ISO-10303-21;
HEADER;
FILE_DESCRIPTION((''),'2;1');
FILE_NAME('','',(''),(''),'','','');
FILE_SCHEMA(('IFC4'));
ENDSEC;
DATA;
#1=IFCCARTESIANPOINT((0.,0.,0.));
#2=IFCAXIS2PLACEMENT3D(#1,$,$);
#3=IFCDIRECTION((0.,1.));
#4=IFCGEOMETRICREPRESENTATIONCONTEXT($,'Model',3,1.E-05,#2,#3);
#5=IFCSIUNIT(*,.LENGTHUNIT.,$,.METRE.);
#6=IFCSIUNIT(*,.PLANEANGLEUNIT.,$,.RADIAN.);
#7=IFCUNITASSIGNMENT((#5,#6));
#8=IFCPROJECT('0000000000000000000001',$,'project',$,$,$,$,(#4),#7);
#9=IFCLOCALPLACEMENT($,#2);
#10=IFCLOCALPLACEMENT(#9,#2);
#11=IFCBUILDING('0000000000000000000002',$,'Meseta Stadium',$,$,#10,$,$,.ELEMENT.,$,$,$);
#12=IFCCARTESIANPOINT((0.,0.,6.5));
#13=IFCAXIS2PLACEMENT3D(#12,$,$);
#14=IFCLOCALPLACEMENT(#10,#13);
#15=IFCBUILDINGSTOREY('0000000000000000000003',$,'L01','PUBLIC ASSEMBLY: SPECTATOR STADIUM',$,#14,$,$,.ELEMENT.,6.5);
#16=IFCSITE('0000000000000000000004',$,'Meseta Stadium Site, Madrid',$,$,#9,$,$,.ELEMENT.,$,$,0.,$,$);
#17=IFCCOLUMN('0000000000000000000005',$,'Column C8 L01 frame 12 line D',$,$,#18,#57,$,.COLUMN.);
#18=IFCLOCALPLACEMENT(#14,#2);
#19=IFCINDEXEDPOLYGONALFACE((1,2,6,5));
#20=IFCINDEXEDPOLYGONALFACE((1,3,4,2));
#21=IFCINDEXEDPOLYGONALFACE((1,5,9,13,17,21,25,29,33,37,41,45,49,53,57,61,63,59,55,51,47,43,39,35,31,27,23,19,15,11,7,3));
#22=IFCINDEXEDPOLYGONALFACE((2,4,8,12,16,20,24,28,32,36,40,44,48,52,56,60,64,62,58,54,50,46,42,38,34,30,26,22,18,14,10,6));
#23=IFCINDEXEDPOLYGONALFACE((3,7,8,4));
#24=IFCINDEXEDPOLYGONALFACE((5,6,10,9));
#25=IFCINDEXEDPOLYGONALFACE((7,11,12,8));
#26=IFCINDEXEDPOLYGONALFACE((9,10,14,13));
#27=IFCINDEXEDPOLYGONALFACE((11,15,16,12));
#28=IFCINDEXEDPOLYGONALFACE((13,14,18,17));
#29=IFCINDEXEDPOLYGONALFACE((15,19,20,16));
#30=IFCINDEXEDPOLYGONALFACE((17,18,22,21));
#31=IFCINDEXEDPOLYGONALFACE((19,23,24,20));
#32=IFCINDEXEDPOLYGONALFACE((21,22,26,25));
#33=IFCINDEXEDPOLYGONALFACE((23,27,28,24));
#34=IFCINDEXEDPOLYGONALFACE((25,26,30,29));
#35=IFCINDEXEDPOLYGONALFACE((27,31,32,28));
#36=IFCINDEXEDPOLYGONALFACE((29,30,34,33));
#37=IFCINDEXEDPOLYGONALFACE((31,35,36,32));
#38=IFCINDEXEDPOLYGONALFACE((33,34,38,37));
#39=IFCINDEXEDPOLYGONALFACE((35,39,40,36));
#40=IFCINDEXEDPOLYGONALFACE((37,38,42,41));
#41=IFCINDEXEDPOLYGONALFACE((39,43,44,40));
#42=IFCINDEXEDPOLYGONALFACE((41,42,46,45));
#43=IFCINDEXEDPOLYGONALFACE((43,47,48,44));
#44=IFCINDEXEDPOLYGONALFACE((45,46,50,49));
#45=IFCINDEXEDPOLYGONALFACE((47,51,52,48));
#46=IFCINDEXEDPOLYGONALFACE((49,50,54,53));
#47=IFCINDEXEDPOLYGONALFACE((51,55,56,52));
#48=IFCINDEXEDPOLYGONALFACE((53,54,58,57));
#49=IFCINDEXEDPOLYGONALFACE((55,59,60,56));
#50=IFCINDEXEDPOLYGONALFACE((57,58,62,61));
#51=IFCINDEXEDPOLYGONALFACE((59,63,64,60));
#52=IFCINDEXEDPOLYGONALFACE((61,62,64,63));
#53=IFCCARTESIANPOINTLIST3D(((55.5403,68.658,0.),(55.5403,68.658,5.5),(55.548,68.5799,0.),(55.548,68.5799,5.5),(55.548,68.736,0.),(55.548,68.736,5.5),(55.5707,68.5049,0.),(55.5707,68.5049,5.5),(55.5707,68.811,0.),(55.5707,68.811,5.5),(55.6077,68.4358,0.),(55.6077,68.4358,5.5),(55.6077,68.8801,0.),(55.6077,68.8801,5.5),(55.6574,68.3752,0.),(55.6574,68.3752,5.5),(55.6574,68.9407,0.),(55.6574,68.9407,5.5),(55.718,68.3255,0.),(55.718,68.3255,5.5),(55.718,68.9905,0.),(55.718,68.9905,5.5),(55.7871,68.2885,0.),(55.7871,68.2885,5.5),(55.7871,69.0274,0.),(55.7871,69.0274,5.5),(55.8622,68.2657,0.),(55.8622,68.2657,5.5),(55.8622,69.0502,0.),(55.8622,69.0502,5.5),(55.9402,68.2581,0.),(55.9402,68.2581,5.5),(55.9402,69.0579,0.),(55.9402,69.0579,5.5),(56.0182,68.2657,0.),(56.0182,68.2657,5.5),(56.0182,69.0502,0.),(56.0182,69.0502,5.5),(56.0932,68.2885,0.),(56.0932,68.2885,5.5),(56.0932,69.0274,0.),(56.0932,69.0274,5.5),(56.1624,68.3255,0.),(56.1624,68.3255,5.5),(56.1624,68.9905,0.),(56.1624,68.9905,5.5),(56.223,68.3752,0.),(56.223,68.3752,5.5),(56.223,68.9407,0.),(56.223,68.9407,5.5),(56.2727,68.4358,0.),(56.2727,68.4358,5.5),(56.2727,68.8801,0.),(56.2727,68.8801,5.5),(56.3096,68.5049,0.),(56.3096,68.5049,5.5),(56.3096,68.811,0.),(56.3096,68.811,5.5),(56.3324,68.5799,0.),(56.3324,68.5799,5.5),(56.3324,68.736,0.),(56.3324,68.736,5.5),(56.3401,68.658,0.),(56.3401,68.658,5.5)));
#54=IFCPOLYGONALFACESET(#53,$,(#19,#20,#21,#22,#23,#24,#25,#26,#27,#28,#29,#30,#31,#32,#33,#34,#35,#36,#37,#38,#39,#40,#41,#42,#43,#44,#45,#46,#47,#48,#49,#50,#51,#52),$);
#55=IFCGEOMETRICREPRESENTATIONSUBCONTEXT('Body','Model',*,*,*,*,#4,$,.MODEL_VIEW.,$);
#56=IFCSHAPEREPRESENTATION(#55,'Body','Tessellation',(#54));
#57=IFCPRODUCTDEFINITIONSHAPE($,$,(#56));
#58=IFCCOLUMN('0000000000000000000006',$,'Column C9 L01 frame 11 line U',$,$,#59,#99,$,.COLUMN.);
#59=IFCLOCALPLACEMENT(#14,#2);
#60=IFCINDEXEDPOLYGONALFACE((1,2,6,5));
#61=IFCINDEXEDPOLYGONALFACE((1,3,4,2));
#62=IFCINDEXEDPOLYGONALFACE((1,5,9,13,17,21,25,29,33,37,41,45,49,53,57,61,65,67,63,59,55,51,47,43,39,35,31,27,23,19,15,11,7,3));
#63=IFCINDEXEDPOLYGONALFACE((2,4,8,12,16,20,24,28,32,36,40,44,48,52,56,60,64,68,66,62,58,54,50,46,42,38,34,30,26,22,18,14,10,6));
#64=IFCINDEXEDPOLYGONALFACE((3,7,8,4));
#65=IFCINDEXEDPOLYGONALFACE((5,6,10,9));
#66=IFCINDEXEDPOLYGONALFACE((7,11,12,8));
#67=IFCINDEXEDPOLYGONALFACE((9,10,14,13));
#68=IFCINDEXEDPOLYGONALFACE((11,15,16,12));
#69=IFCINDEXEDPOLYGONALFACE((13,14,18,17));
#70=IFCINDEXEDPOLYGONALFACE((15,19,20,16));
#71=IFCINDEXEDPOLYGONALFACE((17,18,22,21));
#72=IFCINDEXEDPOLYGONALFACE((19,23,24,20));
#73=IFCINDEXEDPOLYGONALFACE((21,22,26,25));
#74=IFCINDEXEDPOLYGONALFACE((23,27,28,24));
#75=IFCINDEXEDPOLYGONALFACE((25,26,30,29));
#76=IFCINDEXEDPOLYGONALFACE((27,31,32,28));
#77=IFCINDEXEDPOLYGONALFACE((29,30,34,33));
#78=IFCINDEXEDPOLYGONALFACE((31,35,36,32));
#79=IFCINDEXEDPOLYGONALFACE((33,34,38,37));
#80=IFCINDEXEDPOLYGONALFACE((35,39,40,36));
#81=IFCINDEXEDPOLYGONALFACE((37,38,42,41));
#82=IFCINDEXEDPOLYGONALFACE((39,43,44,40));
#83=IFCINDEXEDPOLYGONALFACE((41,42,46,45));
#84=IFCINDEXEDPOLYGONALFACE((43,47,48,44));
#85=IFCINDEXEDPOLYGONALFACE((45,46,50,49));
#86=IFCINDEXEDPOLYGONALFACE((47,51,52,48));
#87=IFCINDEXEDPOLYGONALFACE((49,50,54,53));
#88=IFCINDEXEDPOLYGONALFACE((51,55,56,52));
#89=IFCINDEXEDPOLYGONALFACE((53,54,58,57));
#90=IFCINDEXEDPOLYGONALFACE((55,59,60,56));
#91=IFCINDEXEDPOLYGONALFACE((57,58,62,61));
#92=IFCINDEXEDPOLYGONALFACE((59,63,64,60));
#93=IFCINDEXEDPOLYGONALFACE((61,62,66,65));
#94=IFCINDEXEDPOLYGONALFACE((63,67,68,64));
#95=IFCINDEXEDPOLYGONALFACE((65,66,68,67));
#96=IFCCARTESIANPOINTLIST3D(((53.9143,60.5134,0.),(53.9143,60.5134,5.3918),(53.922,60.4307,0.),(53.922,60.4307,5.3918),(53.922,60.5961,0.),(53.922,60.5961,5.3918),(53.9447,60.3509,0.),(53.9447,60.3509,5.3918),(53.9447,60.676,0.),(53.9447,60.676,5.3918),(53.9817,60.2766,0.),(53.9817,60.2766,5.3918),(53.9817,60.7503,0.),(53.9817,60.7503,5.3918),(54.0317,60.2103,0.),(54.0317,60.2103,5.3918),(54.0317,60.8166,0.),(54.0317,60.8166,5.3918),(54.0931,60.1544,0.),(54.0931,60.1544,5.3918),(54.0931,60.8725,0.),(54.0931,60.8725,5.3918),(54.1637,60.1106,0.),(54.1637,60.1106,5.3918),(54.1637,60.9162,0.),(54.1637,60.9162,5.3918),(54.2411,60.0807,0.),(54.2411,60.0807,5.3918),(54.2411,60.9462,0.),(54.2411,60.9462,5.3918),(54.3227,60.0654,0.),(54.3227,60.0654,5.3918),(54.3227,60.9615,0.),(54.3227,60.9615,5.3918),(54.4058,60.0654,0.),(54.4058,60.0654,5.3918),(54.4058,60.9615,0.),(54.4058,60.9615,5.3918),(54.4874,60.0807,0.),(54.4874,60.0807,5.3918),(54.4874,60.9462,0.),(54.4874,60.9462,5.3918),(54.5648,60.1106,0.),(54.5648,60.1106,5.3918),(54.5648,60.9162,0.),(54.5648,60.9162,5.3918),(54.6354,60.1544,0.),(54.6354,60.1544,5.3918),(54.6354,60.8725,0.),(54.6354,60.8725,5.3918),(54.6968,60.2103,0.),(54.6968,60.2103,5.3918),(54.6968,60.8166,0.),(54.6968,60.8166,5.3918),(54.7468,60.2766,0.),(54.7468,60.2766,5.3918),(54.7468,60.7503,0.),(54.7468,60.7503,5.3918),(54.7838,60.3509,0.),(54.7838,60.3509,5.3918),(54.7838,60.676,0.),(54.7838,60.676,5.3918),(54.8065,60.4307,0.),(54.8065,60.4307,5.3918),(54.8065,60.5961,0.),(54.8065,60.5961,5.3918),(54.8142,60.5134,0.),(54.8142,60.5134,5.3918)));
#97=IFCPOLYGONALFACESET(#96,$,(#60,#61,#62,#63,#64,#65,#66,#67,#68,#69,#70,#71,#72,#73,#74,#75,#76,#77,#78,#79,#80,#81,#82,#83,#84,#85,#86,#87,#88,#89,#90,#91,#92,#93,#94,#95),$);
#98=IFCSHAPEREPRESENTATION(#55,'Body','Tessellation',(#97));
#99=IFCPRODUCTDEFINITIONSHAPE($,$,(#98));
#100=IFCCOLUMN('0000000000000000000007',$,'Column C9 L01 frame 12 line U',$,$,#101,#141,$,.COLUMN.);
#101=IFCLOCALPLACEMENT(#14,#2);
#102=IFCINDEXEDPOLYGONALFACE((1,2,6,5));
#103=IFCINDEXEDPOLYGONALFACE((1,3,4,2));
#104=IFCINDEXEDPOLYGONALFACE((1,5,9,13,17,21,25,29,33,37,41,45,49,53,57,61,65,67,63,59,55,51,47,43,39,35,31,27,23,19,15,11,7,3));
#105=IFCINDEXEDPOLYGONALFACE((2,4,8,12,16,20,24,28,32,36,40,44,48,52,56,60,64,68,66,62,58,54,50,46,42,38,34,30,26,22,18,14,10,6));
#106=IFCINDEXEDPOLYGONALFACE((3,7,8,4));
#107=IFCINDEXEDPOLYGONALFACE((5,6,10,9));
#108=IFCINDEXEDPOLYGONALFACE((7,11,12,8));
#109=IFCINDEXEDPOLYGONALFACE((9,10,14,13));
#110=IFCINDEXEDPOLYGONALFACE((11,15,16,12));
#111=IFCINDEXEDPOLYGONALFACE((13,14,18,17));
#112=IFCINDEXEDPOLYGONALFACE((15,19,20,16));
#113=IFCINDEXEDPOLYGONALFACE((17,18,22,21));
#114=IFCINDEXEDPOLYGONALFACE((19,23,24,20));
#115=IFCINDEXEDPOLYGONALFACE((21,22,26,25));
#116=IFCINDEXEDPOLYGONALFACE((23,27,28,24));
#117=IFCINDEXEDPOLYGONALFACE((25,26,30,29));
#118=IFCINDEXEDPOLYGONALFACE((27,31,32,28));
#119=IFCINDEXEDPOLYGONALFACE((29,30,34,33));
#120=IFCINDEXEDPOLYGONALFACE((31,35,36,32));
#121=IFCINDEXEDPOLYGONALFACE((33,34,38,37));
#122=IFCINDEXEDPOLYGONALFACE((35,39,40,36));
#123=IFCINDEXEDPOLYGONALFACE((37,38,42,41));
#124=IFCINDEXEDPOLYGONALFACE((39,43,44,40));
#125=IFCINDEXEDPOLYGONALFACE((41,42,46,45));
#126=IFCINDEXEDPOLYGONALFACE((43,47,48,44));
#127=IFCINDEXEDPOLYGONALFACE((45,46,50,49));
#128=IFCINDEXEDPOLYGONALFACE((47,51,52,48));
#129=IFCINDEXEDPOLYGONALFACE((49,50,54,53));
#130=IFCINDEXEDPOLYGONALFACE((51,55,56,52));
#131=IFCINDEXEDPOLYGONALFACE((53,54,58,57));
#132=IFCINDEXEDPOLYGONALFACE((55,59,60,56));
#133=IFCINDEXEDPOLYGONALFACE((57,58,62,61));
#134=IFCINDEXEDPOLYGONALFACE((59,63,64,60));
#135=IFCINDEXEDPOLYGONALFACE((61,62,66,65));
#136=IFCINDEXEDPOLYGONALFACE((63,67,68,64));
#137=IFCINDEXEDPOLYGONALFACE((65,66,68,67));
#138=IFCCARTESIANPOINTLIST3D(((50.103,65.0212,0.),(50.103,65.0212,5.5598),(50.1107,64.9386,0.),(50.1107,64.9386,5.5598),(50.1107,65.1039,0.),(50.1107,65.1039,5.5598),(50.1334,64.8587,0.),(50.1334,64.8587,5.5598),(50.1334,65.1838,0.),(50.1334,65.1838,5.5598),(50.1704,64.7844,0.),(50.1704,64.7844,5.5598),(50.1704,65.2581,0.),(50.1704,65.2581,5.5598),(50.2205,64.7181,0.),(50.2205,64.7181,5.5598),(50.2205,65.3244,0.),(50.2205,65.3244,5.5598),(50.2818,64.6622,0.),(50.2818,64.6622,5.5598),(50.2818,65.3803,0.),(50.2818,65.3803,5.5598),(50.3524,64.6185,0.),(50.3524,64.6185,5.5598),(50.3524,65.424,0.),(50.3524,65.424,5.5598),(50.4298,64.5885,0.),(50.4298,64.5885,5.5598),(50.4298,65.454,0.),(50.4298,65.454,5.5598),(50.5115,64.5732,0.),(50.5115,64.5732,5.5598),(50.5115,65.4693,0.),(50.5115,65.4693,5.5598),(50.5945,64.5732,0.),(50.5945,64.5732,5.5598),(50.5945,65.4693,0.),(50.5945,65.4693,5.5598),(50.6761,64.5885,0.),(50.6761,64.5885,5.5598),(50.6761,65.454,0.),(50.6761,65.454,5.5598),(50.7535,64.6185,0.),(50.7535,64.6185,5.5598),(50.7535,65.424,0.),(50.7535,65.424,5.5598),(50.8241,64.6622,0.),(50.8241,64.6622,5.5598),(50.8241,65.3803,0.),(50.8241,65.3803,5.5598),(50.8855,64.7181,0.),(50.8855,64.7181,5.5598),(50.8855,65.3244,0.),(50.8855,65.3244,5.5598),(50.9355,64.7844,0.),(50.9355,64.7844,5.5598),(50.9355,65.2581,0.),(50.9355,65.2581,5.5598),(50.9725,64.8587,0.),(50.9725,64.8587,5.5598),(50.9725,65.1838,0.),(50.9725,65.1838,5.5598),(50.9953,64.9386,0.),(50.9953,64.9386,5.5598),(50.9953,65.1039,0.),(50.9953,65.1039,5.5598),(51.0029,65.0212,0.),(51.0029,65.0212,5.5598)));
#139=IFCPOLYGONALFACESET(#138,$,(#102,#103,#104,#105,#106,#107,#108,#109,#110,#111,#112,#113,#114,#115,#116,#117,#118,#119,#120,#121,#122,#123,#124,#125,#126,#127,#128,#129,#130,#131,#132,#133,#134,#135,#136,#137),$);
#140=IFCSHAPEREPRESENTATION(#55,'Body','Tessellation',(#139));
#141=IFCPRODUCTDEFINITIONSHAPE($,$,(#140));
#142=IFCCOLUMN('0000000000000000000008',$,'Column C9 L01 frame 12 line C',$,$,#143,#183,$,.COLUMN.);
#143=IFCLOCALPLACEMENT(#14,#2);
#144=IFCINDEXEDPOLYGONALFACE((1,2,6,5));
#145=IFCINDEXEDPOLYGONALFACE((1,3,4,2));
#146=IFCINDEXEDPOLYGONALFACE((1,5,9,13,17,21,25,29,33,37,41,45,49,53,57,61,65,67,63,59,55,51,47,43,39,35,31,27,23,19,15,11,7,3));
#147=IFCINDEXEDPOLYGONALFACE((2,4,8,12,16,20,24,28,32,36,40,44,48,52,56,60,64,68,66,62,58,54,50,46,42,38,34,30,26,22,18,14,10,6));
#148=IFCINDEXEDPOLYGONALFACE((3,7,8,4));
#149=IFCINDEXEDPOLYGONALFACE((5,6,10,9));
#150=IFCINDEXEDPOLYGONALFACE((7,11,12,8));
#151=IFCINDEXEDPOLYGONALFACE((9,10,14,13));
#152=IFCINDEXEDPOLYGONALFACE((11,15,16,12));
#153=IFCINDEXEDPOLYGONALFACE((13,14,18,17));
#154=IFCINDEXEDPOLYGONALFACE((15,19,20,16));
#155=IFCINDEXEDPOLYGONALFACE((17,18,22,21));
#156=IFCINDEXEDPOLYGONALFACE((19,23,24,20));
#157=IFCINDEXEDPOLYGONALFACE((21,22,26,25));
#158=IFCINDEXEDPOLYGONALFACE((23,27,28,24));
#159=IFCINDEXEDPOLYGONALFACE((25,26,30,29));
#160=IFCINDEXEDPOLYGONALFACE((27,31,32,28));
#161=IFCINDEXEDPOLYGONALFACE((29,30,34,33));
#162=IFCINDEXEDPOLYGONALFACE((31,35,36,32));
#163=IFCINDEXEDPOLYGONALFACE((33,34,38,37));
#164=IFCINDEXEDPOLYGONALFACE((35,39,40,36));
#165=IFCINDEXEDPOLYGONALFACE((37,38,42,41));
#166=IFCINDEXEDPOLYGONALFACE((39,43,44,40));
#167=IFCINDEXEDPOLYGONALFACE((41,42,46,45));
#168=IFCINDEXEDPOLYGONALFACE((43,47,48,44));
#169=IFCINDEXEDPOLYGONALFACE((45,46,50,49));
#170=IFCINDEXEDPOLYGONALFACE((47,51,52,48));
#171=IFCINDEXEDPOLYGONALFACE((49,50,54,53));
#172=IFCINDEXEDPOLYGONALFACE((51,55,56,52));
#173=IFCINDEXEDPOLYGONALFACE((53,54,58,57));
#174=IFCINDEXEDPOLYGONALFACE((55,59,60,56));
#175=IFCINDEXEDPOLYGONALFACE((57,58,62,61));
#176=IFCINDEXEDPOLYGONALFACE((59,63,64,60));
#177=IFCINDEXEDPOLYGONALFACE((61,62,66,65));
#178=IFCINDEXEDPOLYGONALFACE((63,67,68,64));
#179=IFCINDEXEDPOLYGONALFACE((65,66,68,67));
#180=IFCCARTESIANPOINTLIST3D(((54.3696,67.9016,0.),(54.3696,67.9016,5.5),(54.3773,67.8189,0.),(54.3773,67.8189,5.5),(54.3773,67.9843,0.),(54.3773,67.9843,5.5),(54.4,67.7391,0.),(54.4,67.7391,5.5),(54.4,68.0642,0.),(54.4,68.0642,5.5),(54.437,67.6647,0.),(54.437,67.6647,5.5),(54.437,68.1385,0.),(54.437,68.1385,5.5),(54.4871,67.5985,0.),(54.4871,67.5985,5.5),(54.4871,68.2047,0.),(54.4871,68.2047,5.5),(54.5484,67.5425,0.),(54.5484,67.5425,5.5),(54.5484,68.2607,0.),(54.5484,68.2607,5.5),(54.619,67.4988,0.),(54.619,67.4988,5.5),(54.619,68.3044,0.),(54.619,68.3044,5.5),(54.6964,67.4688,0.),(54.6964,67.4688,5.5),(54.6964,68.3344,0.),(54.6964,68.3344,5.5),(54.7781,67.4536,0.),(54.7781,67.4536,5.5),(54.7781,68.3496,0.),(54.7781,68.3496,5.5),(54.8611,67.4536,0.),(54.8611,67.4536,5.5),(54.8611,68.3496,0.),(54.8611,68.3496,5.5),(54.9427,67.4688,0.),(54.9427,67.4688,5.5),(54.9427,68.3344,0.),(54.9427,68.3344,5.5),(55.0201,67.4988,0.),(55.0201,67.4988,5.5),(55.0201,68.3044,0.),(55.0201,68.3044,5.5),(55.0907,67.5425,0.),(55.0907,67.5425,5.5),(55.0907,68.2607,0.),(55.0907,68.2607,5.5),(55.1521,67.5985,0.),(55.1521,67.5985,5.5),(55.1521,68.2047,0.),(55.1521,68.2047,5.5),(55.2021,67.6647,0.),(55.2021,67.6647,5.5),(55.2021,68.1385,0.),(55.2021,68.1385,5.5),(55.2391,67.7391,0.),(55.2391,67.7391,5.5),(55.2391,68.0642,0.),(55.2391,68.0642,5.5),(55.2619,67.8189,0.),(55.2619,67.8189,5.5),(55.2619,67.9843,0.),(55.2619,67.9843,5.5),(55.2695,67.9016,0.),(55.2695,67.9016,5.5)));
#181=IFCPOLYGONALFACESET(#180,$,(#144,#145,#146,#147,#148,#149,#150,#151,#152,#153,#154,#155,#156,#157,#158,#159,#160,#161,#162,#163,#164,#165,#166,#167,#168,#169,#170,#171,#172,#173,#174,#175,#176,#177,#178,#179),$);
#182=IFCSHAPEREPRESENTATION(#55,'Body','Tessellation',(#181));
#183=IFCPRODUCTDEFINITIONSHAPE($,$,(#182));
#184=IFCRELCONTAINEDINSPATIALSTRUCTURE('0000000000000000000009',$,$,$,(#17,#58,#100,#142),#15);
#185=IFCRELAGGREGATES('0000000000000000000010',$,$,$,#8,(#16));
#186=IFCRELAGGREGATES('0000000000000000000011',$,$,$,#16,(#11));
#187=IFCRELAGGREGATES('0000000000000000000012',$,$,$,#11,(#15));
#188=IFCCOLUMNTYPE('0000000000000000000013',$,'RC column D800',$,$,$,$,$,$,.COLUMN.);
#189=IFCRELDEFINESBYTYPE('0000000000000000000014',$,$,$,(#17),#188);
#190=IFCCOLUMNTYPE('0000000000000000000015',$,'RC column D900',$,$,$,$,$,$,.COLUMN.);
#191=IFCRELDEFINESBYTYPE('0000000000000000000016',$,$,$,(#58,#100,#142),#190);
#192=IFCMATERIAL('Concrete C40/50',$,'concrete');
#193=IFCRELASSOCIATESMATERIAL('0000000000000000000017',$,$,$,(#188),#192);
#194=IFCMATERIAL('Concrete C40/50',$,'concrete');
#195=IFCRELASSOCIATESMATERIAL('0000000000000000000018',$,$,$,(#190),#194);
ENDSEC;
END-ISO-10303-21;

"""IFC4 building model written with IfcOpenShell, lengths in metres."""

from ifc_helpers import new_model, si_unit, direction, frame, origin, origin_2d, place, context, subcontext, project, spatial, circle, extrude, material, material_profile, profile_set, type_object, element, save


model = new_model("IFC4")

# Units and contexts
model_context = context("Model", 3, precision=1e-05, world=origin(), true_north=direction((0.0, 1.0)))
body_context = subcontext(model_context, "Body", "Model", "MODEL_VIEW")
ifc_project = project(units=[si_unit("LENGTHUNIT", "METRE"), si_unit("PLANEANGLEUNIT", "RADIAN")], contexts=[model_context])

# Site, building, storey
site_placement = place(None, origin())
site = spatial("IfcSite", under=ifc_project, at=site_placement, Name="Meseta Stadium Site, Madrid", CompositionType="ELEMENT", RefElevation=0.0)
building_placement = place(site_placement, origin())
building = spatial("IfcBuilding", under=site, at=building_placement, Name="Meseta Stadium", CompositionType="ELEMENT")
storey_placement = place(building_placement, frame((0.0, 0.0, 6.5)))
storey = spatial("IfcBuildingStorey", under=building, at=storey_placement, Name="L01", Description="PUBLIC ASSEMBLY: SPECTATOR STADIUM", CompositionType="ELEMENT", Elevation=6.5)

# Columns
ifc_material_1 = material(Name="Concrete C40/50", Category="concrete")
ifc_material_profile_1 = material_profile(ifc_material_1, circle(Radius=0.3999, at=origin_2d()), Name="RC D800")
ifc_profile_set_1 = profile_set([ifc_material_profile_1], Name="Concrete C40/50")
column_type_1 = type_object("IfcColumnType", Name="RC column D800", PredefinedType="COLUMN", material=ifc_profile_set_1)
column_1_placement = place(storey_placement, frame((55.9402, 68.658, 0.0), z_axis=(0.0, 0.0, 1.0), x_axis=(1.0, 0.0, 0.0)))
element("IfcColumn", 1, at=column_1_placement, inside=storey, type_object=column_type_1, Name="Column C8 L01 frame 12 line D", PredefinedType="COLUMN", context=body_context, shape_type="SweptSolid", body=[
    extrude(circle(Radius=0.3999, at=origin_2d()), origin(), (0.0, 0.0, 1.0), 5.5),
])
ifc_material_2 = material(Name="Concrete C40/50", Category="concrete")
ifc_material_profile_2 = material_profile(ifc_material_2, circle(Radius=0.45, at=origin_2d()), Name="RC D900")
ifc_profile_set_2 = profile_set([ifc_material_profile_2], Name="Concrete C40/50")
column_type_2 = type_object("IfcColumnType", Name="RC column D900", PredefinedType="COLUMN", material=ifc_profile_set_2)
column_2_placement = place(storey_placement, frame((54.3643, 60.5134, 0.0), z_axis=(0.0, 0.0, 1.0), x_axis=(1.0, 0.0, 0.0)))
element("IfcColumn", 2, at=column_2_placement, inside=storey, type_object=column_type_2, Name="Column C9 L01 frame 11 line U", PredefinedType="COLUMN", context=body_context, shape_type="SweptSolid", body=[
    extrude(circle(Radius=0.45, at=origin_2d()), origin(), (0.0, 0.0, 1.0), 5.3918),
])
column_3_placement = place(storey_placement, frame((50.553, 65.0212, 0.0), z_axis=(0.0, 0.0, 1.0), x_axis=(1.0, 0.0, 0.0)))
element("IfcColumn", 3, at=column_3_placement, inside=storey, type_object=column_type_2, Name="Column C9 L01 frame 12 line U", PredefinedType="COLUMN", context=body_context, shape_type="SweptSolid", body=[
    extrude(circle(Radius=0.45, at=origin_2d()), origin(), (0.0, 0.0, 1.0), 5.5598),
])
column_4_placement = place(storey_placement, frame((54.8196, 67.9016, 0.0), z_axis=(0.0, 0.0, 1.0), x_axis=(1.0, 0.0, 0.0)))
element("IfcColumn", 4, at=column_4_placement, inside=storey, type_object=column_type_2, Name="Column C9 L01 frame 12 line C", PredefinedType="COLUMN", context=body_context, shape_type="SweptSolid", body=[
    extrude(circle(Radius=0.45, at=origin_2d()), origin(), (0.0, 0.0, 1.0), 5.5),
])

save(model, "model.ifc")
